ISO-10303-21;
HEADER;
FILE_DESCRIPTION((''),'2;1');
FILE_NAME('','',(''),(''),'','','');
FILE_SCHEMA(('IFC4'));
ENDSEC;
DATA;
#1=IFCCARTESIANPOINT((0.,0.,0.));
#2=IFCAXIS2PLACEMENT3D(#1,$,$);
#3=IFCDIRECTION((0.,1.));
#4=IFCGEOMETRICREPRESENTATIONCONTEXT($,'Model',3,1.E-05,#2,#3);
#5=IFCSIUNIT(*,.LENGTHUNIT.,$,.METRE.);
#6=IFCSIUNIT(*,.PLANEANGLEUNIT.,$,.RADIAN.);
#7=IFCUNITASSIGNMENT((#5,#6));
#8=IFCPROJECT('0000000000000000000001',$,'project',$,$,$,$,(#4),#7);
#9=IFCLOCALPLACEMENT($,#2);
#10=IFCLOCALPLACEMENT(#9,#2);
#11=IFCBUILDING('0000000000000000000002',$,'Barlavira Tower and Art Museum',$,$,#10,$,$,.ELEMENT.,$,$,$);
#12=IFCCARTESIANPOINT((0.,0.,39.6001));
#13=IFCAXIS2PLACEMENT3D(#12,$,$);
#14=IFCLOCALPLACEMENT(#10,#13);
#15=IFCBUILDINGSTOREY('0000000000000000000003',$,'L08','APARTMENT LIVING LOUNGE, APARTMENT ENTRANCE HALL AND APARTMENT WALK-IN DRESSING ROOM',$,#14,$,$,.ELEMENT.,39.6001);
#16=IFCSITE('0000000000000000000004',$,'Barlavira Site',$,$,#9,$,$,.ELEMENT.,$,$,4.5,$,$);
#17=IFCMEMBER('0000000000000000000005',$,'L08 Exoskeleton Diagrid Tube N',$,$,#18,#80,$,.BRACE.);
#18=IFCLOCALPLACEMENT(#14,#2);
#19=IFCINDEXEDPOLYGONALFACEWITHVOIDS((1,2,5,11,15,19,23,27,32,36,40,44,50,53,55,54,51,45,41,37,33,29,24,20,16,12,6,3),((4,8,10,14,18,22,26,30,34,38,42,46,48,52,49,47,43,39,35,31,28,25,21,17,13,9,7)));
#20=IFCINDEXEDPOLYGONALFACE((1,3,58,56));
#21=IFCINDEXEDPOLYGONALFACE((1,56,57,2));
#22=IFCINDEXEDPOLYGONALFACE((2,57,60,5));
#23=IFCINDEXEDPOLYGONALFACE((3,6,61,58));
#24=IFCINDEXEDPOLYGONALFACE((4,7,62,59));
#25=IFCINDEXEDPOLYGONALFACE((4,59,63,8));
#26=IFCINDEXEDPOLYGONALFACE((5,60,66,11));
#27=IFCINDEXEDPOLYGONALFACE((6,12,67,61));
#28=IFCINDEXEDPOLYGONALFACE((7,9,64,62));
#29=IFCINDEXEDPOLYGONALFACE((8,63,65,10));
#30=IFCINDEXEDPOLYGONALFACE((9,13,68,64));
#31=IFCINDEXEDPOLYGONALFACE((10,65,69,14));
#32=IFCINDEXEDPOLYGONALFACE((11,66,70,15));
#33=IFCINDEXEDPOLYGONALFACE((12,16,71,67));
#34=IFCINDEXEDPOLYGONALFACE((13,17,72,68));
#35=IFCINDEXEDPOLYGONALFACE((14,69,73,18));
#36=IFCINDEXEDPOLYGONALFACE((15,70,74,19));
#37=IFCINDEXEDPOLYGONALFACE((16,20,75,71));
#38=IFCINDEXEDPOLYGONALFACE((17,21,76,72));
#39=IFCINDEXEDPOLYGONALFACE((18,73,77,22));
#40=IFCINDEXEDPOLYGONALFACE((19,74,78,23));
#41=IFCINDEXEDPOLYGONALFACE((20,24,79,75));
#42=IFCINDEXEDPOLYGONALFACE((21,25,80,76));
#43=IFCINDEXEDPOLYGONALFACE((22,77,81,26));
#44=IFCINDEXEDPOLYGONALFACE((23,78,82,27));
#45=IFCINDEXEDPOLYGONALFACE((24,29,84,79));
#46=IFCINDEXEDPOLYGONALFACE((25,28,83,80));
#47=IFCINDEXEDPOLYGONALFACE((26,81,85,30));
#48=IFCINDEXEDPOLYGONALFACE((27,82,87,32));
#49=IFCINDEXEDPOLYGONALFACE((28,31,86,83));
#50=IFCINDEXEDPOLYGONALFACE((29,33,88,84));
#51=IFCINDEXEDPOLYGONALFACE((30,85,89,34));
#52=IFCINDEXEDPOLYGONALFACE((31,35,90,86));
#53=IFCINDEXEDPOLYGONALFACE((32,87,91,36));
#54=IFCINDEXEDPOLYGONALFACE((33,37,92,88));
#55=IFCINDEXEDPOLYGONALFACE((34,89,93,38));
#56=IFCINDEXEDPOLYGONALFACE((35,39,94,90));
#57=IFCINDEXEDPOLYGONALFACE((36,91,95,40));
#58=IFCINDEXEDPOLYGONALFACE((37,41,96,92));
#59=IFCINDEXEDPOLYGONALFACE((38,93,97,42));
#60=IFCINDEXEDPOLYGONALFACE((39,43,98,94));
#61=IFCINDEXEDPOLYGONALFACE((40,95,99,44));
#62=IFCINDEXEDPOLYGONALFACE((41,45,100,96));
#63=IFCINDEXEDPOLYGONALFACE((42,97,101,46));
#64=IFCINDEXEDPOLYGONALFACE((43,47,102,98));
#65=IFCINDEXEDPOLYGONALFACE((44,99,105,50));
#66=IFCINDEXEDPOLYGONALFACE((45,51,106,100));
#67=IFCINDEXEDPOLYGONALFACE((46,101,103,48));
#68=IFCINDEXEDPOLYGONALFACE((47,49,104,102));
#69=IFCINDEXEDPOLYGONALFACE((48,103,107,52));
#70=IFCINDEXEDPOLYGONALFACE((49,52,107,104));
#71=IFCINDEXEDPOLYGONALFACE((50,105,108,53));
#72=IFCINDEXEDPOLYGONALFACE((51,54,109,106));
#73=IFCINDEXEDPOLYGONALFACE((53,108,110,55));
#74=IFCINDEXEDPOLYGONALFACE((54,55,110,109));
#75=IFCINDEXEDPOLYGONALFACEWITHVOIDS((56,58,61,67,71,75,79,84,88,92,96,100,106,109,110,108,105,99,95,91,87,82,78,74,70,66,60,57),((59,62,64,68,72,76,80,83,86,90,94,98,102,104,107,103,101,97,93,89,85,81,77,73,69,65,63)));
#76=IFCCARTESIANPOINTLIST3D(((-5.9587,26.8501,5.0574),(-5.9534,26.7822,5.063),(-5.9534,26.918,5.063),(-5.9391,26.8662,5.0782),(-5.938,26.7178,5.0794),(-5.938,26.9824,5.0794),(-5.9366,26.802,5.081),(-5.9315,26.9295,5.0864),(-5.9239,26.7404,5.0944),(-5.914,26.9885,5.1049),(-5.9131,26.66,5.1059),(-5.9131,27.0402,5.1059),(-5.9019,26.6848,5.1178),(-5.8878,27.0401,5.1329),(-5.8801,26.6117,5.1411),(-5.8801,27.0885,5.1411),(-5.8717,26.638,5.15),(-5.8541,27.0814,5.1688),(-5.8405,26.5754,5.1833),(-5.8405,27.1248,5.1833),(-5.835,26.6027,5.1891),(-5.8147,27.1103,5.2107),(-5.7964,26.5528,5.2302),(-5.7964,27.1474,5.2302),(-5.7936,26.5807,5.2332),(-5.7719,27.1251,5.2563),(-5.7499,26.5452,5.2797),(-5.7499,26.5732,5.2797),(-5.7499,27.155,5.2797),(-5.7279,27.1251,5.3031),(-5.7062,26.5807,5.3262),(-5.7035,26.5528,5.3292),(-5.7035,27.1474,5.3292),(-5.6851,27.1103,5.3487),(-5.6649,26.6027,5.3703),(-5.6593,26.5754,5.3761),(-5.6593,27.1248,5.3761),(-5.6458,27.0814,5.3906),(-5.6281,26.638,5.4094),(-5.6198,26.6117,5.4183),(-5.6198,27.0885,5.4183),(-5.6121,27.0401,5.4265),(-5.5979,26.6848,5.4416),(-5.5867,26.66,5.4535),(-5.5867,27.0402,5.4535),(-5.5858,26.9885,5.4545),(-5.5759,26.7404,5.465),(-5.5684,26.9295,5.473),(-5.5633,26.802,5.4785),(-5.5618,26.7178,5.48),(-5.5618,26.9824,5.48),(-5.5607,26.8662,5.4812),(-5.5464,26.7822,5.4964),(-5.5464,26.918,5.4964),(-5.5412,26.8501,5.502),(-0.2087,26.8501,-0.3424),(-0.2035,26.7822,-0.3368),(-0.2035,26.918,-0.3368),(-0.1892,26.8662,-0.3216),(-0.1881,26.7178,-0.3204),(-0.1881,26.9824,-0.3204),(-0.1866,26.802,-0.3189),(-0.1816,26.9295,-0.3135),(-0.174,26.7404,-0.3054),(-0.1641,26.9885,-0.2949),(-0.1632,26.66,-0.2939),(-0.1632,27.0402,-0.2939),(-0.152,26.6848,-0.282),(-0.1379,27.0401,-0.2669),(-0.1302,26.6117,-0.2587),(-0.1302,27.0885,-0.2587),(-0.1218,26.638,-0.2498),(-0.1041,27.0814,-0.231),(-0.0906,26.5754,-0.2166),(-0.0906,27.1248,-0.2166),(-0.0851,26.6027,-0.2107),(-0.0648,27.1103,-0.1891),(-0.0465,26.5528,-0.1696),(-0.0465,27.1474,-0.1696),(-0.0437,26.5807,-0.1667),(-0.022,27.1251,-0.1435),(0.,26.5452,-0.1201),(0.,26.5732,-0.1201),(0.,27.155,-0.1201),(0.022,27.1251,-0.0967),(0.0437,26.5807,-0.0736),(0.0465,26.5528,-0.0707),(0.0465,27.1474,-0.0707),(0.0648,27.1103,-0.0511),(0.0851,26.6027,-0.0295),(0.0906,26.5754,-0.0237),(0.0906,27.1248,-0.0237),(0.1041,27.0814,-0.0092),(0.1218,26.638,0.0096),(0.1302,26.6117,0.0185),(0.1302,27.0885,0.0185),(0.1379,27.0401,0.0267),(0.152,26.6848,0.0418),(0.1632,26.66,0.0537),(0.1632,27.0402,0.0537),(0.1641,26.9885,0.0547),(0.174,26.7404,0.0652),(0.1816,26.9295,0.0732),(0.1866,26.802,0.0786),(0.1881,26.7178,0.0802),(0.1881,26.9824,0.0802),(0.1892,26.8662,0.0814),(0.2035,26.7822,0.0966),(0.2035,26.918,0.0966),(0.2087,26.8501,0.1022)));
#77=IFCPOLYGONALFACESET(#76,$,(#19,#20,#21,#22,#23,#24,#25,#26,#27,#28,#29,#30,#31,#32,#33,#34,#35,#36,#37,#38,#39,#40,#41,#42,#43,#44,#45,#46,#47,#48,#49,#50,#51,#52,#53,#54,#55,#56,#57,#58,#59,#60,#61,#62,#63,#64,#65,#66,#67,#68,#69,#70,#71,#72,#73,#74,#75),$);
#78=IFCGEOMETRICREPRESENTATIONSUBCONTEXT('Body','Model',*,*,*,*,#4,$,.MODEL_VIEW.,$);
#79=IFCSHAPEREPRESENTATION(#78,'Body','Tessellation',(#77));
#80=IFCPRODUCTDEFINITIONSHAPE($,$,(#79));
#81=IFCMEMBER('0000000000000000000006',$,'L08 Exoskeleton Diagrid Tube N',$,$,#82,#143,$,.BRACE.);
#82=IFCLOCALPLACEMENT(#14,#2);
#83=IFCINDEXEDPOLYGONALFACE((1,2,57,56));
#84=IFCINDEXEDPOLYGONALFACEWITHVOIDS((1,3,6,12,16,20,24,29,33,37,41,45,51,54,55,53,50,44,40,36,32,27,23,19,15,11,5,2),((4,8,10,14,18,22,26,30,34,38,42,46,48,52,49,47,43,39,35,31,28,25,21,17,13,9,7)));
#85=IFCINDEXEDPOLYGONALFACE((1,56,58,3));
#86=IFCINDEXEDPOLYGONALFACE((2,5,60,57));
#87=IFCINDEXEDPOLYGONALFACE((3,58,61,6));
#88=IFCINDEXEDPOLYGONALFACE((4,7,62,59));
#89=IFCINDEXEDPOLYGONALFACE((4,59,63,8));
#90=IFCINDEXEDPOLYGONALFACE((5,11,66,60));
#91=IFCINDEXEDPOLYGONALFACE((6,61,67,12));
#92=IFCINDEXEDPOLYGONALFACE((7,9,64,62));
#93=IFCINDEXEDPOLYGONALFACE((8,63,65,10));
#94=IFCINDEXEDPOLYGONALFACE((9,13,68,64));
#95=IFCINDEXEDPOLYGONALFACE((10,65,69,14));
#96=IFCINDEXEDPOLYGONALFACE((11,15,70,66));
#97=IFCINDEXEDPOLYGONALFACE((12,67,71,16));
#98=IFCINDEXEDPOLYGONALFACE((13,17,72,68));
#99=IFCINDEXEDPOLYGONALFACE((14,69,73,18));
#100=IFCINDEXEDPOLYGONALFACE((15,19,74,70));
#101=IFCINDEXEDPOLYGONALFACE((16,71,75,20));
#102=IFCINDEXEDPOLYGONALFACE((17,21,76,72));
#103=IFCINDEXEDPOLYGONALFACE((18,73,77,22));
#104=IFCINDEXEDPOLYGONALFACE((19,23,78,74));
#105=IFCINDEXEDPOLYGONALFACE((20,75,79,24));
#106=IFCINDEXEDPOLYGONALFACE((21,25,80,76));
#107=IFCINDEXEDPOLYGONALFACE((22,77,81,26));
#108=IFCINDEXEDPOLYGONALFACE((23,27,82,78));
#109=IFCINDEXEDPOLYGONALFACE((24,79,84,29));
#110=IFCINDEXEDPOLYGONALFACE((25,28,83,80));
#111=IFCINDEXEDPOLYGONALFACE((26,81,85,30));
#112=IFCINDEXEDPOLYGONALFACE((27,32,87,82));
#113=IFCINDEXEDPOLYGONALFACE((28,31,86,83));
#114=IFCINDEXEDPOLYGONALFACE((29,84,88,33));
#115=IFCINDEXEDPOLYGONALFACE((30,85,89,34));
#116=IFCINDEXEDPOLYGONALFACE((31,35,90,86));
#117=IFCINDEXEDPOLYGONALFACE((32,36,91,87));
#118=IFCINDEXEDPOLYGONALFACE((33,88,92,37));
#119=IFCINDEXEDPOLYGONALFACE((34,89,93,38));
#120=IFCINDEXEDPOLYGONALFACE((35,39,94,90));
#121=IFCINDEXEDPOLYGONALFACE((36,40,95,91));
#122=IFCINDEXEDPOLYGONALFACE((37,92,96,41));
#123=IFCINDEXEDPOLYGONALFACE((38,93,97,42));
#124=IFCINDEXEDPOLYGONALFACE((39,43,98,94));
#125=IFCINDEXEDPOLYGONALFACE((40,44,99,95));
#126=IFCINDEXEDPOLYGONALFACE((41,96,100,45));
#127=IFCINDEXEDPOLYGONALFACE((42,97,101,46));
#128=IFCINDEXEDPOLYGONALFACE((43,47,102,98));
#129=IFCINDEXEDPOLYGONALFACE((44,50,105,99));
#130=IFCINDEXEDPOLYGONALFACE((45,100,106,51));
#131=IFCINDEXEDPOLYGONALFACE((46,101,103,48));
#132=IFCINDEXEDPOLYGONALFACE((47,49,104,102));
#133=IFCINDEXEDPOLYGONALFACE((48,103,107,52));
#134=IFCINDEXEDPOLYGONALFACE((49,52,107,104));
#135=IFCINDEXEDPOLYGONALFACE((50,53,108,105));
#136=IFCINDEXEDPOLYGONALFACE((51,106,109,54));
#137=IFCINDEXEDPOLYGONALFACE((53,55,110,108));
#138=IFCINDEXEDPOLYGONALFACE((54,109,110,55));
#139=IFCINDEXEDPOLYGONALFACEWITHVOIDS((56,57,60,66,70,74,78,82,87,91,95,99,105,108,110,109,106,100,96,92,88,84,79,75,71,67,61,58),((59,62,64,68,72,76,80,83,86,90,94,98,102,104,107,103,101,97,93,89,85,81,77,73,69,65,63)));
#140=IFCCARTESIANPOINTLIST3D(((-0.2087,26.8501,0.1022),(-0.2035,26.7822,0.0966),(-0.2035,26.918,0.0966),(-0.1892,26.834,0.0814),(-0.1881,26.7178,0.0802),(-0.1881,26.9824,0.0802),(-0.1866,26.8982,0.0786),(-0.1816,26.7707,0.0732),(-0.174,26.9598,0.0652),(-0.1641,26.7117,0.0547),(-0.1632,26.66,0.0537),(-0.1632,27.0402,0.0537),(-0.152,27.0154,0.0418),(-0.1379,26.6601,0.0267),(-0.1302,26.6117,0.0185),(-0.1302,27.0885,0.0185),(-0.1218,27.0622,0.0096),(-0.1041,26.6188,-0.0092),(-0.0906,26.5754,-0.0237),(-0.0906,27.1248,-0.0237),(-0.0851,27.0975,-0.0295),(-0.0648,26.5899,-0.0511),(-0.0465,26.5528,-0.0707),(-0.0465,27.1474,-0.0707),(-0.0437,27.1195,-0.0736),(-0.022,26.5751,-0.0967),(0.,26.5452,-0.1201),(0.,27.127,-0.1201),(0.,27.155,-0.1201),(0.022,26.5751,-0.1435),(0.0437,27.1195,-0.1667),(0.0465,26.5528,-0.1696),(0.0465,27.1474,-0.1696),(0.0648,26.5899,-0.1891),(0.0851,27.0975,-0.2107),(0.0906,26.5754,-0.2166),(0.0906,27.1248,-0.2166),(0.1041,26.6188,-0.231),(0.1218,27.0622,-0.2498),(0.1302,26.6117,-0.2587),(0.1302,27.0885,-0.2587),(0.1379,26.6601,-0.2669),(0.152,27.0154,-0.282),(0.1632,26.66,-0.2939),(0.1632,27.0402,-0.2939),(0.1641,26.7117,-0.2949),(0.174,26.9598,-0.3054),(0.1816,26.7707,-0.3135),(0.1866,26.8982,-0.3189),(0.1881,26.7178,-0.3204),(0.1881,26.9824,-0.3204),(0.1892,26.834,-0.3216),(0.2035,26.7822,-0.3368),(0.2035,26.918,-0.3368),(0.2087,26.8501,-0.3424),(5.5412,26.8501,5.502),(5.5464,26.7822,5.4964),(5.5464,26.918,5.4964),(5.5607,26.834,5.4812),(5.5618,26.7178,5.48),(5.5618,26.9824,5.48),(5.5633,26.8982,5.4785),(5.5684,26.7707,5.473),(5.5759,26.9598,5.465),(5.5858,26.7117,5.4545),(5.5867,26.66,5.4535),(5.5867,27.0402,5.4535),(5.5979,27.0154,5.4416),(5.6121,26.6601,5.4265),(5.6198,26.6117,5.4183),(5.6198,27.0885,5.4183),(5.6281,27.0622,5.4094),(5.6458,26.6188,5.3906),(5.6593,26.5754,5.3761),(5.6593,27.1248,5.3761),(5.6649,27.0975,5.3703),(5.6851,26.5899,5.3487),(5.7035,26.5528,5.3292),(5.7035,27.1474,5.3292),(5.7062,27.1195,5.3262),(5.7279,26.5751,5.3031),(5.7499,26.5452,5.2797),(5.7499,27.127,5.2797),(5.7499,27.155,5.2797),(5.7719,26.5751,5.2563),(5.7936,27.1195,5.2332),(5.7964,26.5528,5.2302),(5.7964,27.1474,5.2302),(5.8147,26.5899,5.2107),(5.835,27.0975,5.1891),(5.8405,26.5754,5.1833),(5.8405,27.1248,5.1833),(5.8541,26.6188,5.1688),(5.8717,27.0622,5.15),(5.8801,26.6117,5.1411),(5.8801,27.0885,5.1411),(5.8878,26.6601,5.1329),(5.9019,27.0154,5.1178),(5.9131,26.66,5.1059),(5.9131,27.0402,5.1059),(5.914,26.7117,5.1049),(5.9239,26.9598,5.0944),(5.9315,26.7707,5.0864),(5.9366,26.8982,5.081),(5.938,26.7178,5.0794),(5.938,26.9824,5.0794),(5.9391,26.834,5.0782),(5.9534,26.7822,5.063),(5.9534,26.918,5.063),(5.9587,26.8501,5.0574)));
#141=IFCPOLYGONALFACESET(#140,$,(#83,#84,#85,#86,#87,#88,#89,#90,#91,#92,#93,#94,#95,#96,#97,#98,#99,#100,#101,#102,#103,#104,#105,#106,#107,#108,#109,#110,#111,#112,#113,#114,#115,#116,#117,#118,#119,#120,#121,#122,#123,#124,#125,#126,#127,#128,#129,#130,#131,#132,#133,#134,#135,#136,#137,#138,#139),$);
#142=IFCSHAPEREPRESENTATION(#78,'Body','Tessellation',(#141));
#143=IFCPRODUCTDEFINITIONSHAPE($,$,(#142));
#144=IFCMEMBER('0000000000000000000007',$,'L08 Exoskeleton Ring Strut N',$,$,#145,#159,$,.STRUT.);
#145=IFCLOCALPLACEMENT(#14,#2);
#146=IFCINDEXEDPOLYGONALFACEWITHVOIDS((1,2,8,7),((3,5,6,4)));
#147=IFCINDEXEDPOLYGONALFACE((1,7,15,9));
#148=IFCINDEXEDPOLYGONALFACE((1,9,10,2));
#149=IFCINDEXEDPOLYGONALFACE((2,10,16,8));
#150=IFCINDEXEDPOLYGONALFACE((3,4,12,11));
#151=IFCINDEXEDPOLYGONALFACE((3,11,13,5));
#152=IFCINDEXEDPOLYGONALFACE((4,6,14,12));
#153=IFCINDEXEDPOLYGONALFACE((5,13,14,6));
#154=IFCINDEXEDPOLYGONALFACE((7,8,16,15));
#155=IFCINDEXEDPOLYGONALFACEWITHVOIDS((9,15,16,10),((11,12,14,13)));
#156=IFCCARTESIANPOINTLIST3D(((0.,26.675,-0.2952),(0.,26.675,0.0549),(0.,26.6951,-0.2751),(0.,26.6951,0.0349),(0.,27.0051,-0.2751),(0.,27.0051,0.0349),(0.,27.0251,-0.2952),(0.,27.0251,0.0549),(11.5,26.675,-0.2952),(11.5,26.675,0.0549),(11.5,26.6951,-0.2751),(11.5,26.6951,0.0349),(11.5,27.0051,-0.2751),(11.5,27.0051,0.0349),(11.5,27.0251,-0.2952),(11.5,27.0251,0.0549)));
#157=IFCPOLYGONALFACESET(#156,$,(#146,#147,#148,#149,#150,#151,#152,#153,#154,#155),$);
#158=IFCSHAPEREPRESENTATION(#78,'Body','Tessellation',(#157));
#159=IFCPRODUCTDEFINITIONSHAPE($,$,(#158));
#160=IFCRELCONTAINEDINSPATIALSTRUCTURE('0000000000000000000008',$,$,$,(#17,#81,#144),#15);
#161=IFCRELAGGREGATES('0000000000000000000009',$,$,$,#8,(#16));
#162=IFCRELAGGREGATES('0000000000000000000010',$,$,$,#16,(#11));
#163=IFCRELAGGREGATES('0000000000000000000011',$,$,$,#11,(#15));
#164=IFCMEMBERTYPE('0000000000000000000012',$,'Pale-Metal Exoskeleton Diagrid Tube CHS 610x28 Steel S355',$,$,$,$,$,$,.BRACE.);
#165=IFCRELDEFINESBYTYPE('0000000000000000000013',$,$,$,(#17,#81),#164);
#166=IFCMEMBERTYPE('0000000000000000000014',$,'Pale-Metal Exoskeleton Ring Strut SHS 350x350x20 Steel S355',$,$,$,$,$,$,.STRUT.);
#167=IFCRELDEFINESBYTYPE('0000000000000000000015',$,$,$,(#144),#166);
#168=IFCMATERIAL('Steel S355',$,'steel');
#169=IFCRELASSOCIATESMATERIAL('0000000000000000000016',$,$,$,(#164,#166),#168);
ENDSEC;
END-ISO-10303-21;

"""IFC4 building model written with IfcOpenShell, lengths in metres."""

from ifc_helpers import new_model, si_unit, direction, frame, origin, origin_2d, place, context, subcontext, project, spatial, hollow_rectangle, hollow_circle, extrude, material, material_profile, profile_set, type_object, element, save


model = new_model("IFC4")

# Units and contexts
model_context = context("Model", 3, precision=1e-05, world=origin(), true_north=direction((0.0, 1.0)))
body_context = subcontext(model_context, "Body", "Model", "MODEL_VIEW")
ifc_project = project(units=[si_unit("LENGTHUNIT", "METRE"), si_unit("PLANEANGLEUNIT", "RADIAN")], contexts=[model_context])

# Site, building, storey
site_placement = place(None, origin())
site = spatial("IfcSite", under=ifc_project, at=site_placement, Name="Barlavira Site", CompositionType="ELEMENT", RefElevation=4.5)
building_placement = place(site_placement, origin())
building = spatial("IfcBuilding", under=site, at=building_placement, Name="Barlavira Tower and Art Museum", CompositionType="ELEMENT")
storey_placement = place(building_placement, frame((0.0, 0.0, 39.6001)))
storey = spatial("IfcBuildingStorey", under=building, at=storey_placement, Name="L08", Description="APARTMENT LIVING LOUNGE, APARTMENT ENTRANCE HALL AND APARTMENT WALK-IN DRESSING ROOM", CompositionType="ELEMENT", Elevation=39.6001)

# Members
ifc_material_1 = material(Name="Steel S355", Category="steel")
ifc_material_profile_1 = material_profile(ifc_material_1, hollow_circle(Radius=0.3049, WallThickness=0.0281, at=origin_2d()), Name="CHS 610.0x28.0")
ifc_profile_set_1 = profile_set([ifc_material_profile_1], Name="Steel S355")
member_type_1 = type_object("IfcMemberType", Name="Pale-Metal Exoskeleton Diagrid Tube CHS 610x28 Steel S355", PredefinedType="BRACE", material=ifc_profile_set_1)
for number, where, z_axis, x_axis, name in (
    (1, (0.0, 26.8501, -0.1201), (-0.72895, 0.0, 0.684567), (0.0, -1.0, 0.0), "L08 Exoskeleton Diagrid Tube N"),
    (2, (0.0, 26.8501, -0.1201), (0.72895, 0.0, 0.684567), (0.0, 1.0, 0.0), "L08 Exoskeleton Diagrid Tube N"),
):
    element("IfcMember", number, at=place(storey_placement, frame(where, z_axis=z_axis, x_axis=x_axis)), inside=storey, type_object=member_type_1, Name=name, PredefinedType="BRACE", context=body_context, shape_type="SweptSolid", body=[
        extrude(hollow_circle(Radius=0.3049, WallThickness=0.0281, at=origin_2d()), origin(), (0.0, 0.0, 1.0), 7.8879),
    ])
ifc_material_profile_2 = material_profile(ifc_material_1, hollow_rectangle(XDim=0.3501, YDim=0.3501, WallThickness=0.02, at=origin_2d()), Name="SHS 350x350x20.0")
ifc_profile_set_2 = profile_set([ifc_material_profile_2], Name="Steel S355")
member_type_2 = type_object("IfcMemberType", Name="Pale-Metal Exoskeleton Ring Strut SHS 350x350x20 Steel S355", PredefinedType="STRUT", material=ifc_profile_set_2)
member_1_placement = place(storey_placement, frame((0.0, 26.8501, -0.1201), z_axis=(1.0, 0.0, 0.0), x_axis=(0.0, 1.0, 0.0)))
element("IfcMember", 3, at=member_1_placement, inside=storey, type_object=member_type_2, Name="L08 Exoskeleton Ring Strut N", PredefinedType="STRUT", context=body_context, shape_type="SweptSolid", body=[
    extrude(hollow_rectangle(XDim=0.3501, YDim=0.3501, WallThickness=0.02, at=origin_2d()), origin(), (0.0, 0.0, 1.0), 11.5),
])

save(model, "model.ifc")
